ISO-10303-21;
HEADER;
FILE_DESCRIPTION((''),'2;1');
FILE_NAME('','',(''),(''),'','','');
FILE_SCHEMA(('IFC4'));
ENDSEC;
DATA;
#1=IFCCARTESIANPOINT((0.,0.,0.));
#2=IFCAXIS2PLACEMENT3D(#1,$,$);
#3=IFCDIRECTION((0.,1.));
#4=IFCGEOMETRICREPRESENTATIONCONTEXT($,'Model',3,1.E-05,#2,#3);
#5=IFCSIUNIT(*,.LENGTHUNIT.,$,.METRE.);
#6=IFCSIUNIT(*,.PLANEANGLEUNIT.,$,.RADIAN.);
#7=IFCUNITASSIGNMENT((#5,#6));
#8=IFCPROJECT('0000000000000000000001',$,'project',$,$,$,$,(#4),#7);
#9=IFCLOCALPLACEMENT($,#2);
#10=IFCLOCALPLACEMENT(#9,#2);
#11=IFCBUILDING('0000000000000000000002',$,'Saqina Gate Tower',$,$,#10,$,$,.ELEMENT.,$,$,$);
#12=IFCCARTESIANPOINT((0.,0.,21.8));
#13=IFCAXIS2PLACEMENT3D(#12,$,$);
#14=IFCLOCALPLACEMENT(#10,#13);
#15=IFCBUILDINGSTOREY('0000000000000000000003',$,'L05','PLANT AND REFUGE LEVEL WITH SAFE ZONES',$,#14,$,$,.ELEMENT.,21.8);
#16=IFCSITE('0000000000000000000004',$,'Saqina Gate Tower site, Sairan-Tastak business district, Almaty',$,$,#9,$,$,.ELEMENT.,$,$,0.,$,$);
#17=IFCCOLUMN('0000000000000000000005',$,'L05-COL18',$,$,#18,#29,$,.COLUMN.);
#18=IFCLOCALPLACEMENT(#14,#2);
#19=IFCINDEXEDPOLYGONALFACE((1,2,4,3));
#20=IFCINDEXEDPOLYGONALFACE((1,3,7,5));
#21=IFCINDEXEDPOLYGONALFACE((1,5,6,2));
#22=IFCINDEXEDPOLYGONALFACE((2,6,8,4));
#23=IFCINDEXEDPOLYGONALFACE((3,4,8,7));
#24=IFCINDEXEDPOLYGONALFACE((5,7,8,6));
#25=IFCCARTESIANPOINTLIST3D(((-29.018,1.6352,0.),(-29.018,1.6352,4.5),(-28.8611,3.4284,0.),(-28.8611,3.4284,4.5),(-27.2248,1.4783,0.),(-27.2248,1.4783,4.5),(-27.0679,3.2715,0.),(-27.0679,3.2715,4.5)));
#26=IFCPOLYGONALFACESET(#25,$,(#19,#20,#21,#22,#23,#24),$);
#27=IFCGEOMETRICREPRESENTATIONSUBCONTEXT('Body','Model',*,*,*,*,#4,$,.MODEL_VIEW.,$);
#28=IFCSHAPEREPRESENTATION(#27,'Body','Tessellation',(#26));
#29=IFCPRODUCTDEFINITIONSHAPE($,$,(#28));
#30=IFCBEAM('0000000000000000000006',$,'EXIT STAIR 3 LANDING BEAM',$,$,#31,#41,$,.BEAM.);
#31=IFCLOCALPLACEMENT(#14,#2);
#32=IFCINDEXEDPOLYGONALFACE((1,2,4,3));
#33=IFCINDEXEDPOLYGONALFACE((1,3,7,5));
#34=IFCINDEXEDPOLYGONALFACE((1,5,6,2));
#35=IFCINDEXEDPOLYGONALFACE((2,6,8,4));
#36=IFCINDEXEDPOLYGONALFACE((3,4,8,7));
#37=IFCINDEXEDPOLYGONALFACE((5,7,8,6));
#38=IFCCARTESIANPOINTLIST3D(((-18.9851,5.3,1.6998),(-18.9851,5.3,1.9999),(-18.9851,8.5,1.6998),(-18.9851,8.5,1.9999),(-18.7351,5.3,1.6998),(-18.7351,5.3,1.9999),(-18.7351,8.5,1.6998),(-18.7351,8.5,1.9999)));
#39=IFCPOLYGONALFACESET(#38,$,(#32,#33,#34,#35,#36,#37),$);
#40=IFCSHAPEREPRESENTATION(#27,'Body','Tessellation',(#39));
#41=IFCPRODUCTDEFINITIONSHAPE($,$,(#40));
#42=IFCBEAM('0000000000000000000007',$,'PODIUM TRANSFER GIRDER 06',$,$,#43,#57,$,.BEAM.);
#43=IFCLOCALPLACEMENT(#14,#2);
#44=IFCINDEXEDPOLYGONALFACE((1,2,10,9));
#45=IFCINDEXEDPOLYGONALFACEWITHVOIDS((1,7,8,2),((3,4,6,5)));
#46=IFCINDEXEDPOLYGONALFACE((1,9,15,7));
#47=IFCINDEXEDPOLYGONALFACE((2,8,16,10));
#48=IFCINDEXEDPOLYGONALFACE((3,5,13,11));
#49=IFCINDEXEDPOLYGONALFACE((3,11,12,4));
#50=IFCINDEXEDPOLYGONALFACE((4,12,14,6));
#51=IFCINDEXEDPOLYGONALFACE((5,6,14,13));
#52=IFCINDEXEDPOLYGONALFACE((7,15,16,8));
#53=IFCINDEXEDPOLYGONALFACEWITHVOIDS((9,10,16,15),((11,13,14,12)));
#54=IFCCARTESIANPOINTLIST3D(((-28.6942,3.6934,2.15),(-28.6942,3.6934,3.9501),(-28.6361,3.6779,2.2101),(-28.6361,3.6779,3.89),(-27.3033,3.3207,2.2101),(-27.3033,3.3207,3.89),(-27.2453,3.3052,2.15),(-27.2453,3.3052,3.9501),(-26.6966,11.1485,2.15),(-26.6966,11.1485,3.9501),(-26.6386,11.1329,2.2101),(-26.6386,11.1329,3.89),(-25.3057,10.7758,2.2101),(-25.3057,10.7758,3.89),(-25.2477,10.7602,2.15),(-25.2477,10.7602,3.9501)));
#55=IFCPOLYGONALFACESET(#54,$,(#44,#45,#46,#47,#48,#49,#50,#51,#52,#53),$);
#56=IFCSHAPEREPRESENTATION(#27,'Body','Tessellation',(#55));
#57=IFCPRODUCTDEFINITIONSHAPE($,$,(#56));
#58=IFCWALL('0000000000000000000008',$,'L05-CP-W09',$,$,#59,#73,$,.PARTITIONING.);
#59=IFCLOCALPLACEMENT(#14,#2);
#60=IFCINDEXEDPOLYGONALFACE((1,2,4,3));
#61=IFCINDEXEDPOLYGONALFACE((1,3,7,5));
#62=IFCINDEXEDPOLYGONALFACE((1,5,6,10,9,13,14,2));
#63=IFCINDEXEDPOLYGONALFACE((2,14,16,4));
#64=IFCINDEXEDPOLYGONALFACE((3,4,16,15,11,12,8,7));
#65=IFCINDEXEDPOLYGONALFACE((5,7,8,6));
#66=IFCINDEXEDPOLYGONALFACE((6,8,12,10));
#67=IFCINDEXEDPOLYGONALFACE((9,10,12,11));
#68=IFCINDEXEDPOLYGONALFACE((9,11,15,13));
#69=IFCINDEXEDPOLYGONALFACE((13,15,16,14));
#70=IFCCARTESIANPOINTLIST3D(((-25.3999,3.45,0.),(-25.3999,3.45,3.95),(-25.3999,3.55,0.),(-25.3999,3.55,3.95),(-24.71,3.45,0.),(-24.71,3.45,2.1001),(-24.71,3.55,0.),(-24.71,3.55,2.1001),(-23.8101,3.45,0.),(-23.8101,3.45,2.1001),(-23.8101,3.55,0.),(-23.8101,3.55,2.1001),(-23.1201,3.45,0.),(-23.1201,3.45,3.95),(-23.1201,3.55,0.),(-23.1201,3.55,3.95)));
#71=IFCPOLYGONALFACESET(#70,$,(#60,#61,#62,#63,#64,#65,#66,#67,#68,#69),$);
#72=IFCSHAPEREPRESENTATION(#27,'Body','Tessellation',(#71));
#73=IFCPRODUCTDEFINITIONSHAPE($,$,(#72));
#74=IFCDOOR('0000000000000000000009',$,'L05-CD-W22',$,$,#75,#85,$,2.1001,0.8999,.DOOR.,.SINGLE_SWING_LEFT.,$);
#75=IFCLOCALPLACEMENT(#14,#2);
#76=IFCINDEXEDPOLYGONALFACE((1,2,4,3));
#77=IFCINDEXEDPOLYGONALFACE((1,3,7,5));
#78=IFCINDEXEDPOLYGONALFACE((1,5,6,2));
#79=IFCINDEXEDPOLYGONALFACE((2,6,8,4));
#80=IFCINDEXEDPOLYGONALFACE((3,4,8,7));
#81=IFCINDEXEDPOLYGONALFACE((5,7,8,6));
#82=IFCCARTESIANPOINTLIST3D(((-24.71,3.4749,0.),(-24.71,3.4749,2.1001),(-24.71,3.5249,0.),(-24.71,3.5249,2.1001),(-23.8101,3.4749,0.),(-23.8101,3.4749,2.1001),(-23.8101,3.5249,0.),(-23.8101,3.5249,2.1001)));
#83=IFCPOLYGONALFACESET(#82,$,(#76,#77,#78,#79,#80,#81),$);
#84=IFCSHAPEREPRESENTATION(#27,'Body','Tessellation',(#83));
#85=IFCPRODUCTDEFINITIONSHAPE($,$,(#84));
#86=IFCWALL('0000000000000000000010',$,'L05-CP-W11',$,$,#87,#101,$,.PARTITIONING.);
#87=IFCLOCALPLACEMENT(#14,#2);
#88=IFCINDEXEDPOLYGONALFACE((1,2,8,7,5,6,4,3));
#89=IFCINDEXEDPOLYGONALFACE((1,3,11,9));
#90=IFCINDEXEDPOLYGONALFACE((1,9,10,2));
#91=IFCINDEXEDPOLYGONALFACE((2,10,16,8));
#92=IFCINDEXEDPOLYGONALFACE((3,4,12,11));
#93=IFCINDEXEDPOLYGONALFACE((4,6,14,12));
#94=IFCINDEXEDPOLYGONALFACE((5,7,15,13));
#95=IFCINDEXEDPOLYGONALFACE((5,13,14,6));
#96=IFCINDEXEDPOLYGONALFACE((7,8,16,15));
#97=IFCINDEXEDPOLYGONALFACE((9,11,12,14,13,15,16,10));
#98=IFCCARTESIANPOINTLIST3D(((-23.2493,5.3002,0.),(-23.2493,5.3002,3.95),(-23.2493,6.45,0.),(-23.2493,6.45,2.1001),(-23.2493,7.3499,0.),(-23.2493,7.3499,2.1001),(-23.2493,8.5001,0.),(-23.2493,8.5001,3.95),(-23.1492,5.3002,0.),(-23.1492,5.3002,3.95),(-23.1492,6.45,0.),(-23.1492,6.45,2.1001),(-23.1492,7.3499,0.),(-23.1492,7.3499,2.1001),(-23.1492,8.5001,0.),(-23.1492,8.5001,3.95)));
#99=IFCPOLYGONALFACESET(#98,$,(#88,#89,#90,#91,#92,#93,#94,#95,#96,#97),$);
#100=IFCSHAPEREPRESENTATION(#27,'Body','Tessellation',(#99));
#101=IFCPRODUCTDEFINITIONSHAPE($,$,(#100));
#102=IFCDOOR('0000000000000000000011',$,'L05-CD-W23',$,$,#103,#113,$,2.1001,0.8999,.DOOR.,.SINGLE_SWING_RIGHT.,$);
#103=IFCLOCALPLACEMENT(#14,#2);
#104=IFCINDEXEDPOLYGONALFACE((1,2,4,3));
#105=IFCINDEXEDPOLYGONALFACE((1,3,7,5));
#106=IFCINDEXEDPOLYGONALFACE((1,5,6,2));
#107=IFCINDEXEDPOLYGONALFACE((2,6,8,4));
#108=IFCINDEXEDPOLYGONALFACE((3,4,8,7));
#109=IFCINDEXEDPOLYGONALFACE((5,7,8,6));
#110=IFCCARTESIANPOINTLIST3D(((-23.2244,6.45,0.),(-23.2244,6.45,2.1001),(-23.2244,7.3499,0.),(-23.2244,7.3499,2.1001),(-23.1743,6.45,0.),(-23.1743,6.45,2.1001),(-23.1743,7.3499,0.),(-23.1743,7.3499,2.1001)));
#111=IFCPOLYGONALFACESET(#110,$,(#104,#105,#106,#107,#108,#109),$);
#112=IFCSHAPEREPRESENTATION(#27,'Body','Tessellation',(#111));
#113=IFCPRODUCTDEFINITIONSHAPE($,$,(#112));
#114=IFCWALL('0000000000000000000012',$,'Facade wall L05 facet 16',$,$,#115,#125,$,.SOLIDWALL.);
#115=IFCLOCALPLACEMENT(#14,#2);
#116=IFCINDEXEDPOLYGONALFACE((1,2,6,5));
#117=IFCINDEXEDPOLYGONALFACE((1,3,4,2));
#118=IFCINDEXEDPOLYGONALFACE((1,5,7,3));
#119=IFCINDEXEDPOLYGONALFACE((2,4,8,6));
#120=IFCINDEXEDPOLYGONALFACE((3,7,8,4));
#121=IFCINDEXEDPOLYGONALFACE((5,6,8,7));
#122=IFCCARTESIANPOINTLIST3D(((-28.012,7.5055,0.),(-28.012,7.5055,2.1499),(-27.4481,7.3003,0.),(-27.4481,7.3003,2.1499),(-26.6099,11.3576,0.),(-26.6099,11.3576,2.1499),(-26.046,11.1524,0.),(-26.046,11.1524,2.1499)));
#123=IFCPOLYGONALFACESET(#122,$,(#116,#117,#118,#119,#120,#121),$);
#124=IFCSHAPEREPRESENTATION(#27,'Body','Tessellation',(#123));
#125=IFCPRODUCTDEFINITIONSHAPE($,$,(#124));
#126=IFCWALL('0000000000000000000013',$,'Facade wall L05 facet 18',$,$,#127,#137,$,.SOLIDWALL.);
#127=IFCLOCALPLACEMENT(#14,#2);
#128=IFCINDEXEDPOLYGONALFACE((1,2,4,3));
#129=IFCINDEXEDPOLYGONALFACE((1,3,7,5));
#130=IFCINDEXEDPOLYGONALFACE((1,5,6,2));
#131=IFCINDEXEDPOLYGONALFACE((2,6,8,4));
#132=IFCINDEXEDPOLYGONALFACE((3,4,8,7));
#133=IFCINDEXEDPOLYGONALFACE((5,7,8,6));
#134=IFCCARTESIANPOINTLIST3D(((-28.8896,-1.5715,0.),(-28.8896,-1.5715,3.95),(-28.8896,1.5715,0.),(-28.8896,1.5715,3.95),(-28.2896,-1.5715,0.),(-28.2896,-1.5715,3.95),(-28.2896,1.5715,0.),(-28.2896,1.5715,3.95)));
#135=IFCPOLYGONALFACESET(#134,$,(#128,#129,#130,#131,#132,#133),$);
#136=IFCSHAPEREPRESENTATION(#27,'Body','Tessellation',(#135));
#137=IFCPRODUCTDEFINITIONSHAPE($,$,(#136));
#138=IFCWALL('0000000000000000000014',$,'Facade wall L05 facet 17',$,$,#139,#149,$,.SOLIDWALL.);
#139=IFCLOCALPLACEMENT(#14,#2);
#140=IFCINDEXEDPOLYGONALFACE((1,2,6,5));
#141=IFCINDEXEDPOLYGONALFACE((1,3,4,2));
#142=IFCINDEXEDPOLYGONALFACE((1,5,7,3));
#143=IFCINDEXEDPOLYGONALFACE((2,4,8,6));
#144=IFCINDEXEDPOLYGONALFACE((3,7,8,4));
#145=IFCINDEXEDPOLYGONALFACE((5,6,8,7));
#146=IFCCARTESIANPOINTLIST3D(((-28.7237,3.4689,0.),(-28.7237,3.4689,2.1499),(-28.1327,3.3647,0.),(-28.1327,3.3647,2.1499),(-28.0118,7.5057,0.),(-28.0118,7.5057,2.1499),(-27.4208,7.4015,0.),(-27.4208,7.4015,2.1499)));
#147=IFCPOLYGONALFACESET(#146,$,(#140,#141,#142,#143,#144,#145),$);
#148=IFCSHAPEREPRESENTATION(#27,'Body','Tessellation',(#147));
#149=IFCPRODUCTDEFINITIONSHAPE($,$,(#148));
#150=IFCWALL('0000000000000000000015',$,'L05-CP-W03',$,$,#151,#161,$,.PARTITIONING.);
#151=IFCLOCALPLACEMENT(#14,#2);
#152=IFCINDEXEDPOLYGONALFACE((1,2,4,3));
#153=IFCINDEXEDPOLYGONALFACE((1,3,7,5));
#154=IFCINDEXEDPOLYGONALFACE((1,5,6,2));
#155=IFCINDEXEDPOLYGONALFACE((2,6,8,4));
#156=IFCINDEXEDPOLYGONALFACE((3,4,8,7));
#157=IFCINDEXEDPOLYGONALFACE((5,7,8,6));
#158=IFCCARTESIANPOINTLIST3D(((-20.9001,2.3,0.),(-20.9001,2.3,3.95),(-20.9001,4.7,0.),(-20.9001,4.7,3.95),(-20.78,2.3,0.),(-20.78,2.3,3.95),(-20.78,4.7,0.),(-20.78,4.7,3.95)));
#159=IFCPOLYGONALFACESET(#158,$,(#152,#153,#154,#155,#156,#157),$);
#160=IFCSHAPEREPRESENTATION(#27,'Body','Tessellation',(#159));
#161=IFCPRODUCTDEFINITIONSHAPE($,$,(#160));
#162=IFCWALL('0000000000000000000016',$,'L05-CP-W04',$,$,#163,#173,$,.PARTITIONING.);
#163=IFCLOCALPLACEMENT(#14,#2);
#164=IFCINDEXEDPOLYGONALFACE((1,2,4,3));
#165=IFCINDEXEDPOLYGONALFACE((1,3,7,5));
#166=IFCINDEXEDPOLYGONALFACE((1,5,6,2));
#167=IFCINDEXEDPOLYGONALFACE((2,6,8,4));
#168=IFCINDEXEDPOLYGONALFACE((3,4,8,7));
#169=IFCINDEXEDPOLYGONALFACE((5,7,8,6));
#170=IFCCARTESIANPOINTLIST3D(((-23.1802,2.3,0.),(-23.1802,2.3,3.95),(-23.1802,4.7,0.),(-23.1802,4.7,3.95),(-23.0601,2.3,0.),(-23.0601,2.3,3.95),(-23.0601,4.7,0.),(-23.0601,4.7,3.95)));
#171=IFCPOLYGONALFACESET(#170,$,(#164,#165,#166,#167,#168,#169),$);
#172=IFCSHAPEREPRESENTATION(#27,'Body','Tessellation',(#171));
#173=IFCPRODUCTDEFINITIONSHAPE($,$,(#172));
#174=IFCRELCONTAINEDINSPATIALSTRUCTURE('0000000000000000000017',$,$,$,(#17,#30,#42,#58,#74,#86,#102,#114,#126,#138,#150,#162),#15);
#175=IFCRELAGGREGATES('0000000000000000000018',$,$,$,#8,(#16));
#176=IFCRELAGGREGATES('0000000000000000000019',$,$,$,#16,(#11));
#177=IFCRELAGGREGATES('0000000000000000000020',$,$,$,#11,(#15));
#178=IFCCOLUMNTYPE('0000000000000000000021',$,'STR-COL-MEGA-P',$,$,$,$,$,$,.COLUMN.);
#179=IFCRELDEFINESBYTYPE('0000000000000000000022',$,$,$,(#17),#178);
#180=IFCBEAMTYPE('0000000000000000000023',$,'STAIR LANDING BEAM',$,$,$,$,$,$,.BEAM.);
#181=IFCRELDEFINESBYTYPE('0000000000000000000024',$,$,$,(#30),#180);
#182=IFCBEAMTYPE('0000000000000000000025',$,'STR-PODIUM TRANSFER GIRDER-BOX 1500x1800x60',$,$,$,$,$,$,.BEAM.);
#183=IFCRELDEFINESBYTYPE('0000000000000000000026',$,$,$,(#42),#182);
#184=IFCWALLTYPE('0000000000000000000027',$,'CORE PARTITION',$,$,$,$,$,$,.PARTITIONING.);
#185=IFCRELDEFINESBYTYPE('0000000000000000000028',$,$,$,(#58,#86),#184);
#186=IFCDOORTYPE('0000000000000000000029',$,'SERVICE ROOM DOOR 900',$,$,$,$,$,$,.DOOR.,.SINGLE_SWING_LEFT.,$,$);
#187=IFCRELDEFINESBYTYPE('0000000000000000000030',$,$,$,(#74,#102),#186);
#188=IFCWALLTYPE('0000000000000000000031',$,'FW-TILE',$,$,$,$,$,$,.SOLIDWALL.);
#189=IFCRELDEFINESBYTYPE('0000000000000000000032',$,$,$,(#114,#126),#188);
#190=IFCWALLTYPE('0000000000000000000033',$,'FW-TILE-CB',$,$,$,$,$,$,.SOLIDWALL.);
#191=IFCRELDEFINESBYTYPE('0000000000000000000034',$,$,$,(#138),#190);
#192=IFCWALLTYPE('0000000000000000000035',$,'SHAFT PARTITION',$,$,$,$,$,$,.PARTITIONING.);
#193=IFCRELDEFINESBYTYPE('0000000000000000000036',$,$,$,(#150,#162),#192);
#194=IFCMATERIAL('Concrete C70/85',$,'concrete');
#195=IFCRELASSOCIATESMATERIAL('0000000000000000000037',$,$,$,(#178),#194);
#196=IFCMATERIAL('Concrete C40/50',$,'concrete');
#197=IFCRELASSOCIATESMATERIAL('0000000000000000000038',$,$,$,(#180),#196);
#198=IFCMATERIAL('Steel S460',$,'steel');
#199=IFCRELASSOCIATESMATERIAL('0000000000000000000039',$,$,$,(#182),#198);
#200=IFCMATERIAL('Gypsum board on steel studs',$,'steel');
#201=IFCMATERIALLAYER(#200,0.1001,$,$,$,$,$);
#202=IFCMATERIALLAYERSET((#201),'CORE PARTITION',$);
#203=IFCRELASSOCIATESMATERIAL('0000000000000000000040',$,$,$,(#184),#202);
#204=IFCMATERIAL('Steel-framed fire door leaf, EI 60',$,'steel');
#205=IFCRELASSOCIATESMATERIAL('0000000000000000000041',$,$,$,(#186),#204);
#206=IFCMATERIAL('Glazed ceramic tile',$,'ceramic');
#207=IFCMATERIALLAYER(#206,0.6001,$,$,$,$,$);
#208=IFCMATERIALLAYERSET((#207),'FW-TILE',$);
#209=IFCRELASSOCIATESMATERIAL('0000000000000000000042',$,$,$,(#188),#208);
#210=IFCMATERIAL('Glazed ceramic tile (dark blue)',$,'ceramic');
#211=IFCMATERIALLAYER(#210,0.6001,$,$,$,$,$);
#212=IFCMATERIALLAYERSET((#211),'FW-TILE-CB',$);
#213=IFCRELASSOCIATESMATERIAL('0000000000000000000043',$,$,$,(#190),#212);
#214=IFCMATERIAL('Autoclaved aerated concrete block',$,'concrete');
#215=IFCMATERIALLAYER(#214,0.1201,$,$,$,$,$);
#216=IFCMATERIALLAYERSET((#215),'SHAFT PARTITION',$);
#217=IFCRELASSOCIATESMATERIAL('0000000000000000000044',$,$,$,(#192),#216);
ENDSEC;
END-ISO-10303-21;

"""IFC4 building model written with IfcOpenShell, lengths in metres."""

from ifc_helpers import new_model, si_unit, direction, frame, frame_2d, origin, origin_2d, place, context, subcontext, project, spatial, rectangle, hollow_rectangle, extrude, material, layer, layer_set, material_profile, profile_set, type_object, element, fill, save


model = new_model("IFC4")

# Units and contexts
model_context = context("Model", 3, precision=1e-05, world=origin(), true_north=direction((0.0, 1.0)))
body_context = subcontext(model_context, "Body", "Model", "MODEL_VIEW")
ifc_project = project(units=[si_unit("LENGTHUNIT", "METRE"), si_unit("PLANEANGLEUNIT", "RADIAN")], contexts=[model_context])

# Site, building, storey
site_placement = place(None, origin())
site = spatial("IfcSite", under=ifc_project, at=site_placement, Name="Saqina Gate Tower site, Sairan-Tastak business district, Almaty", CompositionType="ELEMENT", RefElevation=0.0)
building_placement = place(site_placement, origin())
building = spatial("IfcBuilding", under=site, at=building_placement, Name="Saqina Gate Tower", CompositionType="ELEMENT")
storey_placement = place(building_placement, frame((0.0, 0.0, 21.8)))
storey = spatial("IfcBuildingStorey", under=building, at=storey_placement, Name="L05", Description="PLANT AND REFUGE LEVEL WITH SAFE ZONES", CompositionType="ELEMENT", Elevation=21.8)

# Column
ifc_material_1 = material(Name="Concrete C70/85", Category="concrete")
ifc_material_profile_1 = material_profile(ifc_material_1, rectangle(XDim=1.8, YDim=1.8, at=origin_2d()), Name="RC 1800x1800")
ifc_profile_set_1 = profile_set([ifc_material_profile_1], Name="Concrete C70/85")
column_type = type_object("IfcColumnType", Name="STR-COL-MEGA-P", PredefinedType="COLUMN", material=ifc_profile_set_1)
column_placement = place(storey_placement, frame((-28.043, 2.4534, 0.0), z_axis=(0.0, 0.0, 1.0), x_axis=(-0.996195, 0.087156, 0.0)))
element("IfcColumn", 1, at=column_placement, inside=storey, type_object=column_type, Name="L05-COL18", PredefinedType="COLUMN", context=body_context, shape_type="SweptSolid", body=[
    extrude(rectangle(XDim=1.8, YDim=1.8, at=origin_2d()), origin(), (0.0, 0.0, 1.0), 4.5),
])

# Beams
ifc_material_2 = material(Name="Concrete C40/50", Category="concrete")
ifc_material_profile_2 = material_profile(ifc_material_2, rectangle(XDim=0.25, YDim=0.3, at=origin_2d()), Name="STAIR LANDING BEAM")
ifc_profile_set_2 = profile_set([ifc_material_profile_2], Name="Concrete C40/50")
beam_type_1 = type_object("IfcBeamType", Name="STAIR LANDING BEAM", PredefinedType="BEAM", material=ifc_profile_set_2)
beam_1_placement = place(storey_placement, frame((-18.8601, 5.3, 1.8499), z_axis=(0.0, 1.0, 0.0), x_axis=(-1.0, 0.0, 0.0)))
element("IfcBeam", 2, at=beam_1_placement, inside=storey, type_object=beam_type_1, Name="EXIT STAIR 3 LANDING BEAM", PredefinedType="BEAM", context=body_context, shape_type="SweptSolid", body=[
    extrude(rectangle(XDim=0.25, YDim=0.3, at=origin_2d()), origin(), (0.0, 0.0, 1.0), 3.2),
])
ifc_material_3 = material(Name="Steel S460", Category="steel")
ifc_material_profile_3 = material_profile(ifc_material_3, hollow_rectangle(XDim=1.5, YDim=1.8, WallThickness=0.0601, at=origin_2d()), Name="BOX 1500x1800x60")
ifc_profile_set_3 = profile_set([ifc_material_profile_3], Name="Steel S460")
beam_type_2 = type_object("IfcBeamType", Name="STR-PODIUM TRANSFER GIRDER-BOX 1500x1800x60", PredefinedType="BEAM", material=ifc_profile_set_3)
beam_2_placement = place(storey_placement, frame((-25.9722, 10.9543, 3.05), z_axis=(-0.258816, -0.965927, 0.0), x_axis=(0.965927, -0.258816, 0.0)))
element("IfcBeam", 3, at=beam_2_placement, inside=storey, type_object=beam_type_2, Name="PODIUM TRANSFER GIRDER 06", PredefinedType="BEAM", context=body_context, shape_type="SweptSolid", body=[
    extrude(hollow_rectangle(XDim=1.5, YDim=1.8, WallThickness=0.0601, at=origin_2d()), origin(), (0.0, 0.0, 1.0), 7.718),
])

# Walls, openings, doors
ifc_material_4 = material(Name="Gypsum board on steel studs", Category="steel")
ifc_layer_1 = layer(ifc_material_4, 0.1001)
ifc_layer_set_1 = layer_set([ifc_layer_1], Name="CORE PARTITION")
wall_type_1 = type_object("IfcWallType", Name="CORE PARTITION", PredefinedType="PARTITIONING", material=ifc_layer_set_1)
wall_1_placement = place(storey_placement, frame((-23.1201, 3.5, 0.0), z_axis=(0.0, 0.0, 1.0), x_axis=(-1.0, 0.0, 0.0)))
wall_1 = element("IfcWall", 4, at=wall_1_placement, inside=storey, type_object=wall_type_1, Name="L05-CP-W09", PredefinedType="PARTITIONING", context=body_context, shape_type="SweptSolid", body=[
    extrude(rectangle(XDim=2.2798, YDim=0.1001, at=frame_2d((1.1399, 0.0))), origin(), (0.0, 0.0, 1.0), 3.95),
])
opening_1_placement = place(wall_1_placement, frame((0.6899, 0.0, 0.0)))
opening_1 = element("IfcOpeningElement", 5, at=opening_1_placement, cuts=wall_1, PredefinedType="OPENING", context=body_context, shape_type="SweptSolid", body=[
    extrude(rectangle(XDim=0.8999, YDim=2.1001, at=frame_2d((0.45, 1.05))), frame((0.0, 0.062, 0.0), z_axis=(0.0, -1.0, 0.0), x_axis=(1.0, 0.0, 0.0)), (0.0, 0.0, 1.0), 0.124),
])
ifc_material_5 = material(Name="Steel-framed fire door leaf, EI 60", Category="steel")
door_type = type_object("IfcDoorType", Name="SERVICE ROOM DOOR 900", OperationType="SINGLE_SWING_LEFT", PredefinedType="DOOR", material=ifc_material_5)
door_1_placement = place(opening_1_placement, frame((0.8999, 0.0, 0.0), z_axis=(0.0, 0.0, 1.0), x_axis=(-1.0, 0.0, 0.0)))
door_1 = element("IfcDoor", 6, at=door_1_placement, inside=storey, type_object=door_type, Name="L05-CD-W22", OperationType="SINGLE_SWING_LEFT", OverallHeight=2.1001, OverallWidth=0.8999, PredefinedType="DOOR", context=body_context, shape_type="SweptSolid", body=[
    extrude(rectangle(XDim=0.8999, YDim=2.1001, at=frame_2d((0.45, 1.05))), frame((0.0, 0.0249, 0.0), z_axis=(0.0, -1.0, 0.0), x_axis=(1.0, 0.0, 0.0)), (0.0, 0.0, 1.0), 0.05),
])
fill(opening_1, door_1)
wall_2_placement = place(storey_placement, frame((-23.1992, 5.3, 0.0), z_axis=(0.0, 0.0, 1.0), x_axis=(0.0, 1.0, 0.0)))
wall_2 = element("IfcWall", 7, at=wall_2_placement, inside=storey, type_object=wall_type_1, Name="L05-CP-W11", PredefinedType="PARTITIONING", context=body_context, shape_type="SweptSolid", body=[
    extrude(rectangle(XDim=3.2, YDim=0.1001, at=frame_2d((1.6001, 0.0))), origin(), (0.0, 0.0, 1.0), 3.95),
])
opening_2_placement = place(wall_2_placement, frame((1.1499, 0.0, 0.0)))
opening_2 = element("IfcOpeningElement", 8, at=opening_2_placement, cuts=wall_2, PredefinedType="OPENING", context=body_context, shape_type="SweptSolid", body=[
    extrude(rectangle(XDim=0.8999, YDim=2.1001, at=frame_2d((0.45, 1.05))), frame((0.0, 0.062, 0.0), z_axis=(0.0, -1.0, 0.0), x_axis=(1.0, 0.0, 0.0)), (0.0, 0.0, 1.0), 0.124),
])
door_2_placement = place(opening_2_placement, frame((0.8999, 0.0, 0.0), z_axis=(0.0, 0.0, 1.0), x_axis=(-1.0, 0.0, 0.0)))
door_2 = element("IfcDoor", 9, at=door_2_placement, inside=storey, type_object=door_type, Name="L05-CD-W23", OperationType="SINGLE_SWING_RIGHT", OverallHeight=2.1001, OverallWidth=0.8999, PredefinedType="DOOR", context=body_context, shape_type="SweptSolid", body=[
    extrude(rectangle(XDim=0.8999, YDim=2.1001, at=frame_2d((0.45, 1.05))), frame((0.0, 0.0249, 0.0), z_axis=(0.0, -1.0, 0.0), x_axis=(1.0, 0.0, 0.0)), (0.0, 0.0, 1.0), 0.05),
])
fill(opening_2, door_2)

# Walls
ifc_material_6 = material(Name="Glazed ceramic tile", Category="ceramic")
ifc_layer_2 = layer(ifc_material_6, 0.6001)
ifc_layer_set_2 = layer_set([ifc_layer_2], Name="FW-TILE")
wall_type_2 = type_object("IfcWallType", Name="FW-TILE", PredefinedType="SOLIDWALL", material=ifc_layer_set_2)
wall_3_placement = place(storey_placement, frame((-26.3279, 11.2551, 0.0), z_axis=(0.0, 0.0, 1.0), x_axis=(-0.342035, -0.939687, 0.0)))
element("IfcWall", 10, at=wall_3_placement, inside=storey, type_object=wall_type_2, Name="Facade wall L05 facet 16", PredefinedType="SOLIDWALL", context=body_context, shape_type="SweptSolid", body=[
    extrude(rectangle(XDim=4.0994, YDim=0.6001, at=frame_2d((2.0498, 0.0))), origin(), (0.0, 0.0, 1.0), 2.1499),
])
wall_4_placement = place(storey_placement, frame((-28.5896, 1.5715, 0.0), z_axis=(0.0, 0.0, 1.0), x_axis=(0.0, -1.0, 0.0)))
element("IfcWall", 11, at=wall_4_placement, inside=storey, type_object=wall_type_2, Name="Facade wall L05 facet 18", PredefinedType="SOLIDWALL", context=body_context, shape_type="SweptSolid", body=[
    extrude(rectangle(XDim=3.1431, YDim=0.6001, at=frame_2d((1.5715, 0.0))), origin(), (0.0, 0.0, 1.0), 3.95),
])
ifc_material_7 = material(Name="Glazed ceramic tile (dark blue)", Category="ceramic")
ifc_layer_3 = layer(ifc_material_7, 0.6001)
ifc_layer_set_3 = layer_set([ifc_layer_3], Name="FW-TILE-CB")
wall_type_3 = type_object("IfcWallType", Name="FW-TILE-CB", PredefinedType="SOLIDWALL", material=ifc_layer_set_3)
wall_5_placement = place(storey_placement, frame((-27.7163, 7.4536, 0.0), z_axis=(0.0, 0.0, 1.0), x_axis=(-0.173673, -0.984803, 0.0)))
element("IfcWall", 12, at=wall_5_placement, inside=storey, type_object=wall_type_3, Name="Facade wall L05 facet 17", PredefinedType="SOLIDWALL", context=body_context, shape_type="SweptSolid", body=[
    extrude(rectangle(XDim=4.0991, YDim=0.6001, at=frame_2d((2.0496, 0.0))), origin(), (0.0, 0.0, 1.0), 2.1499),
])
ifc_material_8 = material(Name="Autoclaved aerated concrete block", Category="concrete")
ifc_layer_4 = layer(ifc_material_8, 0.1201)
ifc_layer_set_4 = layer_set([ifc_layer_4], Name="SHAFT PARTITION")
wall_type_4 = type_object("IfcWallType", Name="SHAFT PARTITION", PredefinedType="PARTITIONING", material=ifc_layer_set_4)
for number, where, z_axis, x_axis, name in (
    (13, (-20.8401, 2.3, 0.0), (0.0, 0.0, 1.0), (0.0, 1.0, 0.0), "L05-CP-W03"),
    (14, (-23.1201, 2.3, 0.0), (0.0, 0.0, 1.0), (0.0, 1.0, 0.0), "L05-CP-W04"),
):
    element("IfcWall", number, at=place(storey_placement, frame(where, z_axis=z_axis, x_axis=x_axis)), inside=storey, type_object=wall_type_4, Name=name, PredefinedType="PARTITIONING", context=body_context, shape_type="SweptSolid", body=[
        extrude(rectangle(XDim=2.3999, YDim=0.1201, at=frame_2d((1.2, 0.0))), origin(), (0.0, 0.0, 1.0), 3.95),
    ])

save(model, "model.ifc")
